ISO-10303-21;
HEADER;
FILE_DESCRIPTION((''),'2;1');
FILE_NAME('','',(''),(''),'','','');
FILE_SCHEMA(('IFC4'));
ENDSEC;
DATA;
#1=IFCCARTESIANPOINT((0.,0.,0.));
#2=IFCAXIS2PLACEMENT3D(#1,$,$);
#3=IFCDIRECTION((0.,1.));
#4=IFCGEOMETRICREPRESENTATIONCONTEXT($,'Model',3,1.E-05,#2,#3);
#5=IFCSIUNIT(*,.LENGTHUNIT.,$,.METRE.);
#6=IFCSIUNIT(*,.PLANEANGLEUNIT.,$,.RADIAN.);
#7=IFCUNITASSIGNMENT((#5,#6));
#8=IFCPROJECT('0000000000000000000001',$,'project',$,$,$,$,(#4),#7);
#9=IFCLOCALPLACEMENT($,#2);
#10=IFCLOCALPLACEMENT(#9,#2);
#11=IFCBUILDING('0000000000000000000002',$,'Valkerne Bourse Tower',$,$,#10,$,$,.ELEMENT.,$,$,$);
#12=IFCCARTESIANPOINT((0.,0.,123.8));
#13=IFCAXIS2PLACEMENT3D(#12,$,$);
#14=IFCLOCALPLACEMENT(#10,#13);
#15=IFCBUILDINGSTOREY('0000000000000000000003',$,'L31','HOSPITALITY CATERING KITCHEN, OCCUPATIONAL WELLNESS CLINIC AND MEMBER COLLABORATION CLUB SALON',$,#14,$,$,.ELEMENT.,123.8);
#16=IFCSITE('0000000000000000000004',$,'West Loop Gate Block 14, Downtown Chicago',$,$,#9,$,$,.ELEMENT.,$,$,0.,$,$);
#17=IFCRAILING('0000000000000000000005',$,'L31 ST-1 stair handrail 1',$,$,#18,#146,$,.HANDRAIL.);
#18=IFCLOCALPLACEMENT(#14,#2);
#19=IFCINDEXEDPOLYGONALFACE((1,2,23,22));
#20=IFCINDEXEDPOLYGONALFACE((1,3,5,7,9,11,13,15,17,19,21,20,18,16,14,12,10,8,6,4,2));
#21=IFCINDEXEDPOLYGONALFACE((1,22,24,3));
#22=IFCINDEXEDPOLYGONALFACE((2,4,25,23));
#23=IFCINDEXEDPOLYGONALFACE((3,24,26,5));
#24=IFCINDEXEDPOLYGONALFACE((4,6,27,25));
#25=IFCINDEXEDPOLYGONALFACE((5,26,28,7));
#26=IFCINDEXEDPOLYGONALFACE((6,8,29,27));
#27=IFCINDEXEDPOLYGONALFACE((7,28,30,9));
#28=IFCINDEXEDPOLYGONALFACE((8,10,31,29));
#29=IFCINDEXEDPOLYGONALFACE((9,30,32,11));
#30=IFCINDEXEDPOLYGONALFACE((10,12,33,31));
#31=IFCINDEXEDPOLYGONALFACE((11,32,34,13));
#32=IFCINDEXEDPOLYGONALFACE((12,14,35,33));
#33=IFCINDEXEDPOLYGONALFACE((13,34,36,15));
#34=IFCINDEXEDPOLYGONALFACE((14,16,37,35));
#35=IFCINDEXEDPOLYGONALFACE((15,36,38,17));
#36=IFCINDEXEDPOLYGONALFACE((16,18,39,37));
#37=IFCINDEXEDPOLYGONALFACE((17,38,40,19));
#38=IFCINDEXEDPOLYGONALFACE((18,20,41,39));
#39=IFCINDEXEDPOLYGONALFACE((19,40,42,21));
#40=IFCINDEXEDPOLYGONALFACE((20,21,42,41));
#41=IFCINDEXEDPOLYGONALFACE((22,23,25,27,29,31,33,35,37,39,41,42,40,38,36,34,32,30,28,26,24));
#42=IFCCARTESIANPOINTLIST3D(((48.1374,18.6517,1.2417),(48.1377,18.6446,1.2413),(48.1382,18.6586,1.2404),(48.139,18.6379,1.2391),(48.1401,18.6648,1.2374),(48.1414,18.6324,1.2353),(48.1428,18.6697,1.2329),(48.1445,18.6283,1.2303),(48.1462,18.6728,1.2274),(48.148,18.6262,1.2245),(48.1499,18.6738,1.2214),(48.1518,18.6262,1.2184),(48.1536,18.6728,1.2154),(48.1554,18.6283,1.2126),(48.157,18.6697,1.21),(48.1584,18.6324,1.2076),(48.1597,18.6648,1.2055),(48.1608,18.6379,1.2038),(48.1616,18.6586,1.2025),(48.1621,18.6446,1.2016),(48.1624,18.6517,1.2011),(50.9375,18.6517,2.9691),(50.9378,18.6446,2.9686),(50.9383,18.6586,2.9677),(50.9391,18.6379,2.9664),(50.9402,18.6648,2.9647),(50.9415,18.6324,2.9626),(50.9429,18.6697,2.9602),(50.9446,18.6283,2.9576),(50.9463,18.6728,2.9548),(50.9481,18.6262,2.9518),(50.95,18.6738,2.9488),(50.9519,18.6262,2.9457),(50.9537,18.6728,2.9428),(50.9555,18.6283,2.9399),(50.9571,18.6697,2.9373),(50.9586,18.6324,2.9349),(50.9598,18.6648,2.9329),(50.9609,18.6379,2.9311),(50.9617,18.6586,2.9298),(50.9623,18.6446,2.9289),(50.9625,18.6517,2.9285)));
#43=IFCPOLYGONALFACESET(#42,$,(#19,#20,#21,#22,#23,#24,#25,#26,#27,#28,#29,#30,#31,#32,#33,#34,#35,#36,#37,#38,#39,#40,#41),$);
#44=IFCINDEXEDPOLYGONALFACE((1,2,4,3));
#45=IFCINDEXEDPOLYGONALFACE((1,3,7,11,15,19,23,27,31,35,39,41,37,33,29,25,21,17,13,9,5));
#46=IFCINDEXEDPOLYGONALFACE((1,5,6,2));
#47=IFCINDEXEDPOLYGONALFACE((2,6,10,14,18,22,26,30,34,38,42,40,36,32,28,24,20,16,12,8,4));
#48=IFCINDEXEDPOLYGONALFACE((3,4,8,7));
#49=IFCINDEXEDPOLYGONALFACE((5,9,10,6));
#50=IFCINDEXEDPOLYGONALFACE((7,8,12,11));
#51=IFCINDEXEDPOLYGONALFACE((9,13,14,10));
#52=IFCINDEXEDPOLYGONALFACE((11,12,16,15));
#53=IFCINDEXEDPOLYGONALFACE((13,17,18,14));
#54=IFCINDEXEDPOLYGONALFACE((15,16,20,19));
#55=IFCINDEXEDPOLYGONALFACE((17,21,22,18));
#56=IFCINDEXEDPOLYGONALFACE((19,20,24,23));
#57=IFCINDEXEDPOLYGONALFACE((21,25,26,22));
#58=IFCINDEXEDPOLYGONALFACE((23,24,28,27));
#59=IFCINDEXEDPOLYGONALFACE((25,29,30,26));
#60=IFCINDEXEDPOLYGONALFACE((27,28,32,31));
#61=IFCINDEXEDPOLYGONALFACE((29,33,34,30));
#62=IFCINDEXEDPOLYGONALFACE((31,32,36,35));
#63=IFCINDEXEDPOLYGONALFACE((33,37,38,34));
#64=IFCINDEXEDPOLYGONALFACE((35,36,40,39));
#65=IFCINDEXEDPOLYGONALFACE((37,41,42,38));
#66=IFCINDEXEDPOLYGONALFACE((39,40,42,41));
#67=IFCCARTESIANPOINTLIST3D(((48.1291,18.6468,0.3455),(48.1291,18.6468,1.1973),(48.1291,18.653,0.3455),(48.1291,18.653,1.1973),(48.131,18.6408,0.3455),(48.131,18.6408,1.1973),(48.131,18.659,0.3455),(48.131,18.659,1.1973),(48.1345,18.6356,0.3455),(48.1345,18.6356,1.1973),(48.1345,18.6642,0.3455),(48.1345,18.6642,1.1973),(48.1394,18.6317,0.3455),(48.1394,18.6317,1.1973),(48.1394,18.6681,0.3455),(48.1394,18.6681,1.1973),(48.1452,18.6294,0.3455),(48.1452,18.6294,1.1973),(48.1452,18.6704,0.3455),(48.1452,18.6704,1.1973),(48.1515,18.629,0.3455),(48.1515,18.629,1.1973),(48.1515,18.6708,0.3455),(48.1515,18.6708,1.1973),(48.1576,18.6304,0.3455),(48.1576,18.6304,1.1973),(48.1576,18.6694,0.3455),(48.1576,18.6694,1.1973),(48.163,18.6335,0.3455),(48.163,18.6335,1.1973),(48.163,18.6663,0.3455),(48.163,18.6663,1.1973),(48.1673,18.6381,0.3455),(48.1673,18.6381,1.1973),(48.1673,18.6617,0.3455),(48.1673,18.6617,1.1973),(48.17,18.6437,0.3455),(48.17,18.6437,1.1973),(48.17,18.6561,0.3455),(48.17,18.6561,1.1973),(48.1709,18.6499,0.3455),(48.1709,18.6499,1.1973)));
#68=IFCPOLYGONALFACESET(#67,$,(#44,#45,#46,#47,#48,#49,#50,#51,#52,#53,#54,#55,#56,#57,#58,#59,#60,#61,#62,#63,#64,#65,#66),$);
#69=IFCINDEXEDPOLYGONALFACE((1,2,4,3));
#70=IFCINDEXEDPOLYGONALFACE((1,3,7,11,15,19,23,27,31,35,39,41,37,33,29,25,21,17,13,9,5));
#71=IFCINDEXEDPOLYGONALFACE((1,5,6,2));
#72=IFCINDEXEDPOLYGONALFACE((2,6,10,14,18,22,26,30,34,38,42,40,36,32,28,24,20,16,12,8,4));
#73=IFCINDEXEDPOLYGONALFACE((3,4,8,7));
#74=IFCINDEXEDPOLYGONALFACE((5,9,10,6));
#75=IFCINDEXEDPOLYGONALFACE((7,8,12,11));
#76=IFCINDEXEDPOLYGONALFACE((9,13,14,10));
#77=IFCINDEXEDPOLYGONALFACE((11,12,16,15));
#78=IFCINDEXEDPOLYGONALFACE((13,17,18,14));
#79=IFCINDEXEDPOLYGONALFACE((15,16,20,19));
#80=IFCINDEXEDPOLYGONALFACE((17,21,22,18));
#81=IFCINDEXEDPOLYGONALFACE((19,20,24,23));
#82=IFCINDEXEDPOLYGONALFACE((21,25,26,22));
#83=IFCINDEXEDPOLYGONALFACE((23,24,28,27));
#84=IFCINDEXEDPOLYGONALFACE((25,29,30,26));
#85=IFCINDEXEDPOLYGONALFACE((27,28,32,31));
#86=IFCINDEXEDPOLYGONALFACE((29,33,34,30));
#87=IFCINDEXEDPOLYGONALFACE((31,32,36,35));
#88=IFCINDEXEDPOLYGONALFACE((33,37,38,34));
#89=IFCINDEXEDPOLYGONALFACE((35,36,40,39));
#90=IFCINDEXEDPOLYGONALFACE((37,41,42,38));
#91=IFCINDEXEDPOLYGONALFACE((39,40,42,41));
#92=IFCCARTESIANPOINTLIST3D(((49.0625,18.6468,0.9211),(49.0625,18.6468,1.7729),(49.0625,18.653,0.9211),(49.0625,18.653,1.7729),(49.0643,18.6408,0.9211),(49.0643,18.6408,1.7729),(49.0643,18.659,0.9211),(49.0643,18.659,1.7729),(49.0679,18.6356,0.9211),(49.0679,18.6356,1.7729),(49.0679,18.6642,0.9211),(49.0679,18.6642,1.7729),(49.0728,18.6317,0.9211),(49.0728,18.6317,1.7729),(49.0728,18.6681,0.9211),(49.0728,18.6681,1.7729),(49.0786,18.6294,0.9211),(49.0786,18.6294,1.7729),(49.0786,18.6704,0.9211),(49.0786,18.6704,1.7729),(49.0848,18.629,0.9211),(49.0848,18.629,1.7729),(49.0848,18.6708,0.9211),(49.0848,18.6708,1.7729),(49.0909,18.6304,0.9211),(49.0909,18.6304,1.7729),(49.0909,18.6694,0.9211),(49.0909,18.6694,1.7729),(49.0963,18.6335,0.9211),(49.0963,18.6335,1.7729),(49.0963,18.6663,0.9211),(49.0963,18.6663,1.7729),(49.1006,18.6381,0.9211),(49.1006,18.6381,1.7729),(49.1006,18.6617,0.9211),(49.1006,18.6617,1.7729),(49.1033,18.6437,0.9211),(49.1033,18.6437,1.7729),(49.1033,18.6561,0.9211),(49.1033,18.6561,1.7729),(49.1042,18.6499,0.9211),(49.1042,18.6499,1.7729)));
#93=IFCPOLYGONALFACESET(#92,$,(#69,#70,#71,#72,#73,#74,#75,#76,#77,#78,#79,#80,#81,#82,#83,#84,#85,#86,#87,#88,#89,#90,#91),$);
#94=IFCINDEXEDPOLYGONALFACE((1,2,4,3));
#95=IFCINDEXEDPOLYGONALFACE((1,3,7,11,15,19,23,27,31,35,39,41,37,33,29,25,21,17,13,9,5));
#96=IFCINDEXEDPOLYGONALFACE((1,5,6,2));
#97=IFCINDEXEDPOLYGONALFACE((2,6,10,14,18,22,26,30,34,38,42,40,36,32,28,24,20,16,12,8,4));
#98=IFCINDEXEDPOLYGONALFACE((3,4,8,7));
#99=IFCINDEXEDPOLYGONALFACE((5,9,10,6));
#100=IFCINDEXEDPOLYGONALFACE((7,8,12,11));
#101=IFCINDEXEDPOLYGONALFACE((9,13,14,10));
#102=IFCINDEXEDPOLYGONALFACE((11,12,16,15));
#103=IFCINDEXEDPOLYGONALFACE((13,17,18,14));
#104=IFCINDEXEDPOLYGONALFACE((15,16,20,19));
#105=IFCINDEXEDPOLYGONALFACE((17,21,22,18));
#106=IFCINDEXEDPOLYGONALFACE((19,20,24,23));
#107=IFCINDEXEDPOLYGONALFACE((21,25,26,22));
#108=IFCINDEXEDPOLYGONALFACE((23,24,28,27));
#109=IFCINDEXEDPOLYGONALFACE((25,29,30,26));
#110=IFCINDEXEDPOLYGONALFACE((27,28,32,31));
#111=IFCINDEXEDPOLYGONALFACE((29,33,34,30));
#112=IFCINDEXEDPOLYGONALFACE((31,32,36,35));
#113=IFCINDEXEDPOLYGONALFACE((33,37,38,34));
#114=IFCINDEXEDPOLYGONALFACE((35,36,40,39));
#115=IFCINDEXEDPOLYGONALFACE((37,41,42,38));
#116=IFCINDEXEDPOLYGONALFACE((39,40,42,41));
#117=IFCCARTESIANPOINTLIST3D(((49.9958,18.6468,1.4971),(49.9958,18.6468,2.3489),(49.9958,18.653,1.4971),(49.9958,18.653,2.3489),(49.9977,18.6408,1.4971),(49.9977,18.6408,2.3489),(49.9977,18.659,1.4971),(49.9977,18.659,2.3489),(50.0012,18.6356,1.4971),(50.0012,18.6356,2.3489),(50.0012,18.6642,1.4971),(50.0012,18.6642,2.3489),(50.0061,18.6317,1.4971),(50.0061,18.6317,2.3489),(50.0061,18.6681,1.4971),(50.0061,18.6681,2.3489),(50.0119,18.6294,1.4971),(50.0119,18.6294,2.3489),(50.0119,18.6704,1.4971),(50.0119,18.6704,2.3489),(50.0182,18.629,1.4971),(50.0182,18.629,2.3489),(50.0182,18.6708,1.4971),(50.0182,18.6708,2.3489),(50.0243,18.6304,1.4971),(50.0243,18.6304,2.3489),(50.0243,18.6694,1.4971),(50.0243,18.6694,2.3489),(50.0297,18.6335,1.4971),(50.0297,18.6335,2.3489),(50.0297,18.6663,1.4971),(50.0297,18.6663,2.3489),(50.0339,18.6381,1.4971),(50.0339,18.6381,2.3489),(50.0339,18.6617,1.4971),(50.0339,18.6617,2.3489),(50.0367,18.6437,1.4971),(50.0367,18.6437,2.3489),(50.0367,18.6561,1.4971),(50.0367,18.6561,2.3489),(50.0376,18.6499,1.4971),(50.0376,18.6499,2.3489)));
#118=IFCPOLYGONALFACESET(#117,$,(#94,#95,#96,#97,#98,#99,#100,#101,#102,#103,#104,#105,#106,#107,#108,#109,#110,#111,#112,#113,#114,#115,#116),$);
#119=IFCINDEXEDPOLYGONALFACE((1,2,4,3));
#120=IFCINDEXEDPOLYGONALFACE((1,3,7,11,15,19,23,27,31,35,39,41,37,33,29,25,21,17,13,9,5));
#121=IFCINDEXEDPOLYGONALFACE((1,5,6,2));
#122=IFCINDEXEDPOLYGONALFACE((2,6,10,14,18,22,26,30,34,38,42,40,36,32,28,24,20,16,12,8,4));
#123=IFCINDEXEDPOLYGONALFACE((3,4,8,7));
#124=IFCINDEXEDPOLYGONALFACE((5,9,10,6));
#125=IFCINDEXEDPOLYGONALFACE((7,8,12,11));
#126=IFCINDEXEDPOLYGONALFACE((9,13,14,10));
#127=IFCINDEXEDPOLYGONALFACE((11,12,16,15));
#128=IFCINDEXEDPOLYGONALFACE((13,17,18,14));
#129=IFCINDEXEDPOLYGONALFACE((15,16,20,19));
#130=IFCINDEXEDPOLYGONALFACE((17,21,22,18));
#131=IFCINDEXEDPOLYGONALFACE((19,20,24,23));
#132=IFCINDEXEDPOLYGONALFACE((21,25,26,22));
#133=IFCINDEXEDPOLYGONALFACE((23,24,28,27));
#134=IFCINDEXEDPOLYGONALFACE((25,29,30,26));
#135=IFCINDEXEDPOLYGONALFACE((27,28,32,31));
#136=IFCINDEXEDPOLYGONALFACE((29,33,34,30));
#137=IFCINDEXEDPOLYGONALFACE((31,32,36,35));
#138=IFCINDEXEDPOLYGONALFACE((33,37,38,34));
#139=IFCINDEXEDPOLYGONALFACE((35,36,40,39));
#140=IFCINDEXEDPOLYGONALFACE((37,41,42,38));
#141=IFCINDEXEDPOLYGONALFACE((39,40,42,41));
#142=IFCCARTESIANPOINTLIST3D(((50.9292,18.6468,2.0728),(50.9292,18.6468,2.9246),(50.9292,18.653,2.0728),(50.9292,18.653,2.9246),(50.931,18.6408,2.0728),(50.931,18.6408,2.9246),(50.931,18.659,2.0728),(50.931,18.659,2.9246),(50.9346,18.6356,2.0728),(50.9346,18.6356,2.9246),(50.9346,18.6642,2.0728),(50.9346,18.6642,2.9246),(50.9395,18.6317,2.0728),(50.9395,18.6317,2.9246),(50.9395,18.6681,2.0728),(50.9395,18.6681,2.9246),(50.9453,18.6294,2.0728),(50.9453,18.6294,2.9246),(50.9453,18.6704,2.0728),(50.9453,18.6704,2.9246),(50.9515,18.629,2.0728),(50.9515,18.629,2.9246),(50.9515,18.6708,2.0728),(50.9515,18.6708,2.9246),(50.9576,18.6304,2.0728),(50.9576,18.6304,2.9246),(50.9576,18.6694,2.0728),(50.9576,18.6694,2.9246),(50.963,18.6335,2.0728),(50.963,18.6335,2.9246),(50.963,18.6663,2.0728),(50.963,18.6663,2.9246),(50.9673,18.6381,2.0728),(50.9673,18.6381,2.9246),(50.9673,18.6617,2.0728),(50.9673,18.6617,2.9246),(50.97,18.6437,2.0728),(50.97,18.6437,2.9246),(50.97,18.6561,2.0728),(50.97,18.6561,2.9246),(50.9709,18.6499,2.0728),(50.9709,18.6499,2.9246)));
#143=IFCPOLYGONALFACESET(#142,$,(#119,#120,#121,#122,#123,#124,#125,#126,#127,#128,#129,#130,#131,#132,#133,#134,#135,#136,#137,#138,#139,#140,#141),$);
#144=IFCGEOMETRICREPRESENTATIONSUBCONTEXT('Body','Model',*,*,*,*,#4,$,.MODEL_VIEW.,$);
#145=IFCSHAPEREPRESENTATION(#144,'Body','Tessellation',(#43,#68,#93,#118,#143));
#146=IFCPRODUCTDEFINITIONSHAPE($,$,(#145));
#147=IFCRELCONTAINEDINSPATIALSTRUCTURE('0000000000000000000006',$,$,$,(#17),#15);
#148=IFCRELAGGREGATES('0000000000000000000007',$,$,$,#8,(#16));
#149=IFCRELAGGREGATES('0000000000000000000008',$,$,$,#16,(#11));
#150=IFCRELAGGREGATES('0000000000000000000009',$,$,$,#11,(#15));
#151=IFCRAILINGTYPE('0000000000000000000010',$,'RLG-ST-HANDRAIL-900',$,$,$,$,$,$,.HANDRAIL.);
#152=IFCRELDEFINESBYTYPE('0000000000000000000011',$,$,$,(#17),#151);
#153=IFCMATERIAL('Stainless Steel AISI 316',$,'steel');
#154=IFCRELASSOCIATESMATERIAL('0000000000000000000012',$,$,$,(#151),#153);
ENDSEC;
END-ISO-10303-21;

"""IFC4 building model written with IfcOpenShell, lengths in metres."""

from ifc_helpers import new_model, si_unit, direction, frame, origin, origin_2d, place, context, subcontext, project, spatial, circle, extrude, material, type_object, element, save


model = new_model("IFC4")

# Units and contexts
model_context = context("Model", 3, precision=1e-05, world=origin(), true_north=direction((0.0, 1.0)))
body_context = subcontext(model_context, "Body", "Model", "MODEL_VIEW")
ifc_project = project(units=[si_unit("LENGTHUNIT", "METRE"), si_unit("PLANEANGLEUNIT", "RADIAN")], contexts=[model_context])

# Site, building, storey
site_placement = place(None, origin())
site = spatial("IfcSite", under=ifc_project, at=site_placement, Name="West Loop Gate Block 14, Downtown Chicago", CompositionType="ELEMENT", RefElevation=0.0)
building_placement = place(site_placement, origin())
building = spatial("IfcBuilding", under=site, at=building_placement, Name="Valkerne Bourse Tower", CompositionType="ELEMENT")
storey_placement = place(building_placement, frame((0.0, 0.0, 123.8)))
storey = spatial("IfcBuildingStorey", under=building, at=storey_placement, Name="L31", Description="HOSPITALITY CATERING KITCHEN, OCCUPATIONAL WELLNESS CLINIC AND MEMBER COLLABORATION CLUB SALON", CompositionType="ELEMENT", Elevation=123.8)

# Shared definitions
ifc_material_1 = material(Name="Stainless Steel AISI 316", Category="steel")

# Railing
railing_type_1 = type_object("IfcRailingType", Name="RLG-ST-HANDRAIL-900", PredefinedType="HANDRAIL", material=ifc_material_1)
railing_1_placement = place(storey_placement, frame((48.1499, 18.6499, 0.3455)))
element("IfcRailing", 1, at=railing_1_placement, inside=storey, type_object=railing_type_1, Name="L31 ST-1 stair handrail 1", PredefinedType="HANDRAIL", context=body_context, shape_type="SweptSolid", body=[
    extrude(circle(Radius=0.0239, at=origin_2d()), frame((0.0, 0.0, 0.876), z_axis=(0.85109, 0.0, 0.52502), x_axis=(0.0, 1.0, 0.0)), (0.0, 0.0, 1.0), 3.29),
    extrude(circle(Radius=0.021, at=origin_2d()), origin(), (0.0, 0.0, 1.0), 0.8518),
    extrude(circle(Radius=0.021, at=origin_2d()), frame((0.9333, 0.0, 0.5757)), (0.0, 0.0, 1.0), 0.8518),
    extrude(circle(Radius=0.021, at=origin_2d()), frame((1.8667, 0.0, 1.1516)), (0.0, 0.0, 1.0), 0.8518),
    extrude(circle(Radius=0.021, at=origin_2d()), frame((2.8, 0.0, 1.7273)), (0.0, 0.0, 1.0), 0.8518),
])

save(model, "model.ifc")
